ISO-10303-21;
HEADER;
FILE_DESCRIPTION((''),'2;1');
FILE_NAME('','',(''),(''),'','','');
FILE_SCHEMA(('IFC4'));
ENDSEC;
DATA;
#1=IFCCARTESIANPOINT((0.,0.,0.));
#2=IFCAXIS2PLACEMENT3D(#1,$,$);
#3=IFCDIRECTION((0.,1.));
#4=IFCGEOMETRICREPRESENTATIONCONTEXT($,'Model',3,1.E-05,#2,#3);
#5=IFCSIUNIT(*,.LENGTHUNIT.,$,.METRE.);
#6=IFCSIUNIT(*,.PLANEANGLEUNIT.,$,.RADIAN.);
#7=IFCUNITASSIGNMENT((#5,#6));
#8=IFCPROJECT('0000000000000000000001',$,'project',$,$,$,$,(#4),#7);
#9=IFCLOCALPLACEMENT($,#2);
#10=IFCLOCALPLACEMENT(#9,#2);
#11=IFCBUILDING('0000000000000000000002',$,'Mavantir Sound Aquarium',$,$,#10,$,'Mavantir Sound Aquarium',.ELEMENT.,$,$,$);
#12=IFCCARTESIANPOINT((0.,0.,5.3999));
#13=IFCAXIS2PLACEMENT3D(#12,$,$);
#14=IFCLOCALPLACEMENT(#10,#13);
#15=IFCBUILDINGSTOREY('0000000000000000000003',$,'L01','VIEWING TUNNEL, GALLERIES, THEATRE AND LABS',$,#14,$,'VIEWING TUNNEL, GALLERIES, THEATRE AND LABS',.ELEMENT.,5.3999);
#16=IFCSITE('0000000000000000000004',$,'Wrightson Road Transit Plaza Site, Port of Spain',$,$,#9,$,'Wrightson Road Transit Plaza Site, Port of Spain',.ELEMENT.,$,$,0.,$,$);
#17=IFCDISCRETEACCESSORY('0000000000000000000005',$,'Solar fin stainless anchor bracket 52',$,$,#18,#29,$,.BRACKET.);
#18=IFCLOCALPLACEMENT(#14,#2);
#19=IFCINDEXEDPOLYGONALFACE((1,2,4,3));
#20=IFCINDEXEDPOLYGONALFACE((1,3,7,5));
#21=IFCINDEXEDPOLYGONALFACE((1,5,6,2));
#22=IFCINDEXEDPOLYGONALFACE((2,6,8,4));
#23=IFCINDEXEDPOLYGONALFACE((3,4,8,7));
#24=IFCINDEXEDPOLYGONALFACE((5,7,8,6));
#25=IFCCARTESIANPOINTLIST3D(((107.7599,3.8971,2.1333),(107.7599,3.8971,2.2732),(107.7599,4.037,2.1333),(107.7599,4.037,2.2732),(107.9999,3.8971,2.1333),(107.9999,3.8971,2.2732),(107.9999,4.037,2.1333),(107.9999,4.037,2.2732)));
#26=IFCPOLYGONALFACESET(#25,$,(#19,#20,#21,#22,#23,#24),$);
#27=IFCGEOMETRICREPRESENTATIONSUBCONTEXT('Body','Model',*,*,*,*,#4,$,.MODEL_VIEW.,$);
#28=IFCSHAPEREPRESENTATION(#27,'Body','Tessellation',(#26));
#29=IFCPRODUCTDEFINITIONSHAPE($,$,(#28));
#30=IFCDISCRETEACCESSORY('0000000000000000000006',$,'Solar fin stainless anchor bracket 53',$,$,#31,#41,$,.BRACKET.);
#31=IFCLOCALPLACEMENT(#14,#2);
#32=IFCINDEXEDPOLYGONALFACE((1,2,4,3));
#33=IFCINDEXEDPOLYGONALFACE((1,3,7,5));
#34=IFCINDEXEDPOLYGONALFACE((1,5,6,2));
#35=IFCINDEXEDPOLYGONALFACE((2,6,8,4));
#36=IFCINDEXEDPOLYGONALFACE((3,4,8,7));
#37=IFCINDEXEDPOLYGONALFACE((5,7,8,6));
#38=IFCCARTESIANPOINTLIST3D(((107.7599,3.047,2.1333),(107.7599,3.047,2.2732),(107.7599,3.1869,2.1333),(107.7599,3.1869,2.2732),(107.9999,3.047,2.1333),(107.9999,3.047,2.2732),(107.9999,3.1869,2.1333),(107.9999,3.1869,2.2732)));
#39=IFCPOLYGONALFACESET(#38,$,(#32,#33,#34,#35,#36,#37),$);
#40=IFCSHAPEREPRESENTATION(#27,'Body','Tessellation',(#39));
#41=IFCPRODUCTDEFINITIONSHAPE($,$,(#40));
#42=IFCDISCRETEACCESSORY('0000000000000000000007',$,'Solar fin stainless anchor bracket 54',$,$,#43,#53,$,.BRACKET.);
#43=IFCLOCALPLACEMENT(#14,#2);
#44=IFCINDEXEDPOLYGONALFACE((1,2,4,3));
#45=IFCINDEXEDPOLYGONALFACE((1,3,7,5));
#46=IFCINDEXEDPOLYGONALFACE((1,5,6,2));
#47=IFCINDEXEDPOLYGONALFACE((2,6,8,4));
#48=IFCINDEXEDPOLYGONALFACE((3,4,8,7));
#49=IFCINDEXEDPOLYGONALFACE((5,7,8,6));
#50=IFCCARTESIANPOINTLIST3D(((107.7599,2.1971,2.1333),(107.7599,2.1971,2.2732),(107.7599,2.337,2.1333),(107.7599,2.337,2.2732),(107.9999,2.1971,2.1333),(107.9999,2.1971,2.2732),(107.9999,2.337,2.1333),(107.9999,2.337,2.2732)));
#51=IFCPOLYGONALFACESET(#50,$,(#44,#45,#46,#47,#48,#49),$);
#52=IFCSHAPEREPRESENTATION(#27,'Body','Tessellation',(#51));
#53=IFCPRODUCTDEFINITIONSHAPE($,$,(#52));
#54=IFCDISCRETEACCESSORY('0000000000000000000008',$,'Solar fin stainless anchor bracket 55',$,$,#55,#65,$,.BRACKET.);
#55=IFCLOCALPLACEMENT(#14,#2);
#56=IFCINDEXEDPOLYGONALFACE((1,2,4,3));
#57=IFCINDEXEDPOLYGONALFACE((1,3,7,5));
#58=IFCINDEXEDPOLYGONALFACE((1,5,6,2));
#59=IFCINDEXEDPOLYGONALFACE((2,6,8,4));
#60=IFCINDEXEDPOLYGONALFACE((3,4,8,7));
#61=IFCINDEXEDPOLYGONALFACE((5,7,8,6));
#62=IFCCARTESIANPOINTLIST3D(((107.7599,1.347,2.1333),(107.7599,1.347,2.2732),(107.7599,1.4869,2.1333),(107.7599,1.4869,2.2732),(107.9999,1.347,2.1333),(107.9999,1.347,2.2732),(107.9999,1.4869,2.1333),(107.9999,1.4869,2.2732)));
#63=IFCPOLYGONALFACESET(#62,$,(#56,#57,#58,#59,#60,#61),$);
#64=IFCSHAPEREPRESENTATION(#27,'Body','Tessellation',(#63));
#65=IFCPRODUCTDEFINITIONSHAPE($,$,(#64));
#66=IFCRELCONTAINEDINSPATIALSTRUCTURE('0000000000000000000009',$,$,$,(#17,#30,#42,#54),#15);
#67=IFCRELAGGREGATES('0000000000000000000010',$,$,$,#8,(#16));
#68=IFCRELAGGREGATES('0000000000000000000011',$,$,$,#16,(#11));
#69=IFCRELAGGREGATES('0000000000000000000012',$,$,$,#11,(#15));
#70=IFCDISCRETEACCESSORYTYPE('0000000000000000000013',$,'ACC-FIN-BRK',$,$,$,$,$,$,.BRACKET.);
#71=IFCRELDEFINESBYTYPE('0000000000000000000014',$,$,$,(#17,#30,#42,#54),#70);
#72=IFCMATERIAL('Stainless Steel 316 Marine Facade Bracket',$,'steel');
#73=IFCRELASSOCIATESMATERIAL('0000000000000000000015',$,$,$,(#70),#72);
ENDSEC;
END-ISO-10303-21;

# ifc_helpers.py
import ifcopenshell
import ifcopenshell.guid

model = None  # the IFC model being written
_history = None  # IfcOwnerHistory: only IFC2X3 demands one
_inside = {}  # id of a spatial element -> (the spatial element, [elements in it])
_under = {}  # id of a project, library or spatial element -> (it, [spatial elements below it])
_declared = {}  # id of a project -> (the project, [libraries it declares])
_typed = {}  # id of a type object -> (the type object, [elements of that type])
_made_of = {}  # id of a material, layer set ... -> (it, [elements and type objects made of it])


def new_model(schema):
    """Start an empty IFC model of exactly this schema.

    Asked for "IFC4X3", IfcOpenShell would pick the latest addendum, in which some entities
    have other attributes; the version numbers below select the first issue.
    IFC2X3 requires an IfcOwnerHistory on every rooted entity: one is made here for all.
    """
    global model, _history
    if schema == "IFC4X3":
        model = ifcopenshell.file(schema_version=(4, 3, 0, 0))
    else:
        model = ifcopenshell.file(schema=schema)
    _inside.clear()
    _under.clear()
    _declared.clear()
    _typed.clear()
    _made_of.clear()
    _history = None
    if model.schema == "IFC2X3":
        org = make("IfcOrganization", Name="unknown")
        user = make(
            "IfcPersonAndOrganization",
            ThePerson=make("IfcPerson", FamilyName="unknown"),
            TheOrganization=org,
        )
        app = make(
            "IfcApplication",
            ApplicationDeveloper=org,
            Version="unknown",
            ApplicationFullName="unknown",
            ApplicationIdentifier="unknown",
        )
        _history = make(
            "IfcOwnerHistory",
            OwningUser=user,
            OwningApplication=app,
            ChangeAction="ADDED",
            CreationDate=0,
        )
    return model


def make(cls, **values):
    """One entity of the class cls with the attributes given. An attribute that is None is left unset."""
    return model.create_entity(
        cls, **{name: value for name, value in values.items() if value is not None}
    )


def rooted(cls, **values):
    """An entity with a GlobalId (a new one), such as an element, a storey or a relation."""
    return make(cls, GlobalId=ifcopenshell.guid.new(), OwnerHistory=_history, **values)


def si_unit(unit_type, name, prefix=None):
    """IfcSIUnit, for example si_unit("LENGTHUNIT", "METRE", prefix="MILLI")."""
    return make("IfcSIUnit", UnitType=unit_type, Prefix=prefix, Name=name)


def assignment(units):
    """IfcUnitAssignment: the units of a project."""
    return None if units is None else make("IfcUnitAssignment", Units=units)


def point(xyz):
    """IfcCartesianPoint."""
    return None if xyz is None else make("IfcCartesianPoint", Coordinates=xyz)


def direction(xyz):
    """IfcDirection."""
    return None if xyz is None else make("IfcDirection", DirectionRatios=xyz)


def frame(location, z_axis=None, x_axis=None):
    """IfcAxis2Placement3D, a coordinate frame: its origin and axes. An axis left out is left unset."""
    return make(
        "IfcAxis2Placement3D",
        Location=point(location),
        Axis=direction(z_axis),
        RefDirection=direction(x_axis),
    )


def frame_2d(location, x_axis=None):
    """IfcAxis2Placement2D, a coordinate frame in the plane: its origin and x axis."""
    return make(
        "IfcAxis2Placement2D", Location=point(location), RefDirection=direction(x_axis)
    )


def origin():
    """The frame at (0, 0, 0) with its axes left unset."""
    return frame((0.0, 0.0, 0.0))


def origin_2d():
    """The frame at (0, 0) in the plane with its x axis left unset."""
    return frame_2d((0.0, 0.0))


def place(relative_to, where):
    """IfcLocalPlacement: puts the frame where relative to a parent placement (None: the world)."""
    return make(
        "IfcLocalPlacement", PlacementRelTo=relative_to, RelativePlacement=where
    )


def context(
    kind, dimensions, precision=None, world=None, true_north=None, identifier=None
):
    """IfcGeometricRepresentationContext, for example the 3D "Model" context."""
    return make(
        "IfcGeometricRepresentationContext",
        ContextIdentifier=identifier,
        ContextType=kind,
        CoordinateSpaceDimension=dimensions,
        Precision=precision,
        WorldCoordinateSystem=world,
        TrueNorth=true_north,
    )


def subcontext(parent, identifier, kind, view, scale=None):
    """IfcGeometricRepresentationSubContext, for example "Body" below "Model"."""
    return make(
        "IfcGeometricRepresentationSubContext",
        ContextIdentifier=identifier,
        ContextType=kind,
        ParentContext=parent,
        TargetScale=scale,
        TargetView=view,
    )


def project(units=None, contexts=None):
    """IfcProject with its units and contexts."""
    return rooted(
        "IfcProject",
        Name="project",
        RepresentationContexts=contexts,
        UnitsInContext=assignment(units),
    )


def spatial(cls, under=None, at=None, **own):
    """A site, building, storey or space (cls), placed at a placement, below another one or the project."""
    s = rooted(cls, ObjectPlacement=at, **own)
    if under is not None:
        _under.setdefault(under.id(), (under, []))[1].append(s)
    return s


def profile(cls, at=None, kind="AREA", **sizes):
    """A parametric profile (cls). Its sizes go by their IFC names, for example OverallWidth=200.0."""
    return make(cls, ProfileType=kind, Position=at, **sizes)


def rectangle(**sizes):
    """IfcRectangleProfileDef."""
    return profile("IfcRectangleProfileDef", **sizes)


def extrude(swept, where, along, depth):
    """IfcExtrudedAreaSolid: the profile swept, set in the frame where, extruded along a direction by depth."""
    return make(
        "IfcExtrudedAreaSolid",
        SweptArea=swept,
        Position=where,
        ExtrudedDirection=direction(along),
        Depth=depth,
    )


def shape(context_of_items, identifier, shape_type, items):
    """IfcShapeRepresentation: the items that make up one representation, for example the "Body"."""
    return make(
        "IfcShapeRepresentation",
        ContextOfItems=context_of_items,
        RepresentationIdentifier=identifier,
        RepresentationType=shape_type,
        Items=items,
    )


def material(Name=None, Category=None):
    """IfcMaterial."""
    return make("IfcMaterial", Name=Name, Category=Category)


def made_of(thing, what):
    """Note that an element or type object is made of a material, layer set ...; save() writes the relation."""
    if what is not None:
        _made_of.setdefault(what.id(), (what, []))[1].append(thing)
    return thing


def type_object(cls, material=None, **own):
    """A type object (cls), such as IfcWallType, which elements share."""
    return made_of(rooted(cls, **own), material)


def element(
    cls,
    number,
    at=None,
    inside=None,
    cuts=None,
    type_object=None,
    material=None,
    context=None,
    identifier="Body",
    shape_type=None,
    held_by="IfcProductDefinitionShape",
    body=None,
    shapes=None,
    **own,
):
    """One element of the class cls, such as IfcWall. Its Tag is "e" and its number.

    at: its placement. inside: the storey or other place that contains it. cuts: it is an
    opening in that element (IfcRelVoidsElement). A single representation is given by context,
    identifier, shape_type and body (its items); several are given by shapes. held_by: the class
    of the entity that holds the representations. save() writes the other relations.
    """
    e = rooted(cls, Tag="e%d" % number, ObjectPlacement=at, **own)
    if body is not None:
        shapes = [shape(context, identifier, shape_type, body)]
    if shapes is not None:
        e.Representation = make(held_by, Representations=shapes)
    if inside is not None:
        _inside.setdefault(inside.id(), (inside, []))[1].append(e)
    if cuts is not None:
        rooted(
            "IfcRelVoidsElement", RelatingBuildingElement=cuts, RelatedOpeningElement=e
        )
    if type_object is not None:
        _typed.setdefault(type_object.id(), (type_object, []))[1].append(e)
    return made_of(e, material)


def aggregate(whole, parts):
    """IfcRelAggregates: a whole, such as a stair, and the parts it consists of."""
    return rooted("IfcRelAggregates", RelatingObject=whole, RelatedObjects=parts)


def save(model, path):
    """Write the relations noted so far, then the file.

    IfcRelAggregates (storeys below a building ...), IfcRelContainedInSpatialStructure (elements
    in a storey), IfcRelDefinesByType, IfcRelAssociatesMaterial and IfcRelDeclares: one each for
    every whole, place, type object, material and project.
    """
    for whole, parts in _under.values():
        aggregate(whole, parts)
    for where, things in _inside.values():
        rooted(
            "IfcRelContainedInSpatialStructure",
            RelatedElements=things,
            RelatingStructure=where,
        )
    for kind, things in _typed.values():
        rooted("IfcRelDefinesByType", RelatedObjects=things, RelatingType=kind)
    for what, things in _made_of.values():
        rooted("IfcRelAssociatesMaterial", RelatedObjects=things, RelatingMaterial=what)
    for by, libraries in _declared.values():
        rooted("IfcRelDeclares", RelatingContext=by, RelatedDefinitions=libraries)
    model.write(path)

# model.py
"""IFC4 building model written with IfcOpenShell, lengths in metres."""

from ifc_helpers import new_model, si_unit, direction, frame, origin, origin_2d, place, context, subcontext, project, spatial, rectangle, extrude, material, type_object, element, save


model = new_model("IFC4")

# Units and contexts
model_context = context("Model", 3, precision=1e-05, world=origin(), true_north=direction((0.0, 1.0)))
body_context = subcontext(model_context, "Body", "Model", "MODEL_VIEW")
ifc_project = project(units=[si_unit("LENGTHUNIT", "METRE"), si_unit("PLANEANGLEUNIT", "RADIAN")], contexts=[model_context])

# Site, building, storey
site_placement = place(None, origin())
site = spatial("IfcSite", under=ifc_project, at=site_placement, Name="Wrightson Road Transit Plaza Site, Port of Spain", LongName="Wrightson Road Transit Plaza Site, Port of Spain", CompositionType="ELEMENT", RefElevation=0.0)
building_placement = place(site_placement, origin())
building = spatial("IfcBuilding", under=site, at=building_placement, Name="Mavantir Sound Aquarium", LongName="Mavantir Sound Aquarium", CompositionType="ELEMENT")
storey_placement = place(building_placement, frame((0.0, 0.0, 5.3999)))
storey = spatial("IfcBuildingStorey", under=building, at=storey_placement, Name="L01", Description="VIEWING TUNNEL, GALLERIES, THEATRE AND LABS", LongName="VIEWING TUNNEL, GALLERIES, THEATRE AND LABS", CompositionType="ELEMENT", Elevation=5.3999)

# Discrete accessories
ifc_material_1 = material(Name="Stainless Steel 316 Marine Facade Bracket", Category="steel")
discrete_accessory_type = type_object("IfcDiscreteAccessoryType", Name="ACC-FIN-BRK", PredefinedType="BRACKET", material=ifc_material_1)
for number, where, z_axis, x_axis, name in (
    (1, (107.8799, 3.967, 2.1333), (0.0, 0.0, 1.0), (0.0, 1.0, 0.0), "Solar fin stainless anchor bracket 52"),
    (2, (107.8799, 3.1169, 2.1333), (0.0, 0.0, 1.0), (0.0, 1.0, 0.0), "Solar fin stainless anchor bracket 53"),
    (3, (107.8799, 2.2671, 2.1333), (0.0, 0.0, 1.0), (0.0, 1.0, 0.0), "Solar fin stainless anchor bracket 54"),
    (4, (107.8799, 1.417, 2.1333), (0.0, 0.0, 1.0), (0.0, 1.0, 0.0), "Solar fin stainless anchor bracket 55"),
):
    element("IfcDiscreteAccessory", number, at=place(storey_placement, frame(where, z_axis=z_axis, x_axis=x_axis)), inside=storey, type_object=discrete_accessory_type, Name=name, PredefinedType="BRACKET", context=body_context, shape_type="SweptSolid", body=[
        extrude(rectangle(XDim=0.1399, YDim=0.24, at=origin_2d()), origin(), (0.0, 0.0, 1.0), 0.1399),
    ])

save(model, "model.ifc")
